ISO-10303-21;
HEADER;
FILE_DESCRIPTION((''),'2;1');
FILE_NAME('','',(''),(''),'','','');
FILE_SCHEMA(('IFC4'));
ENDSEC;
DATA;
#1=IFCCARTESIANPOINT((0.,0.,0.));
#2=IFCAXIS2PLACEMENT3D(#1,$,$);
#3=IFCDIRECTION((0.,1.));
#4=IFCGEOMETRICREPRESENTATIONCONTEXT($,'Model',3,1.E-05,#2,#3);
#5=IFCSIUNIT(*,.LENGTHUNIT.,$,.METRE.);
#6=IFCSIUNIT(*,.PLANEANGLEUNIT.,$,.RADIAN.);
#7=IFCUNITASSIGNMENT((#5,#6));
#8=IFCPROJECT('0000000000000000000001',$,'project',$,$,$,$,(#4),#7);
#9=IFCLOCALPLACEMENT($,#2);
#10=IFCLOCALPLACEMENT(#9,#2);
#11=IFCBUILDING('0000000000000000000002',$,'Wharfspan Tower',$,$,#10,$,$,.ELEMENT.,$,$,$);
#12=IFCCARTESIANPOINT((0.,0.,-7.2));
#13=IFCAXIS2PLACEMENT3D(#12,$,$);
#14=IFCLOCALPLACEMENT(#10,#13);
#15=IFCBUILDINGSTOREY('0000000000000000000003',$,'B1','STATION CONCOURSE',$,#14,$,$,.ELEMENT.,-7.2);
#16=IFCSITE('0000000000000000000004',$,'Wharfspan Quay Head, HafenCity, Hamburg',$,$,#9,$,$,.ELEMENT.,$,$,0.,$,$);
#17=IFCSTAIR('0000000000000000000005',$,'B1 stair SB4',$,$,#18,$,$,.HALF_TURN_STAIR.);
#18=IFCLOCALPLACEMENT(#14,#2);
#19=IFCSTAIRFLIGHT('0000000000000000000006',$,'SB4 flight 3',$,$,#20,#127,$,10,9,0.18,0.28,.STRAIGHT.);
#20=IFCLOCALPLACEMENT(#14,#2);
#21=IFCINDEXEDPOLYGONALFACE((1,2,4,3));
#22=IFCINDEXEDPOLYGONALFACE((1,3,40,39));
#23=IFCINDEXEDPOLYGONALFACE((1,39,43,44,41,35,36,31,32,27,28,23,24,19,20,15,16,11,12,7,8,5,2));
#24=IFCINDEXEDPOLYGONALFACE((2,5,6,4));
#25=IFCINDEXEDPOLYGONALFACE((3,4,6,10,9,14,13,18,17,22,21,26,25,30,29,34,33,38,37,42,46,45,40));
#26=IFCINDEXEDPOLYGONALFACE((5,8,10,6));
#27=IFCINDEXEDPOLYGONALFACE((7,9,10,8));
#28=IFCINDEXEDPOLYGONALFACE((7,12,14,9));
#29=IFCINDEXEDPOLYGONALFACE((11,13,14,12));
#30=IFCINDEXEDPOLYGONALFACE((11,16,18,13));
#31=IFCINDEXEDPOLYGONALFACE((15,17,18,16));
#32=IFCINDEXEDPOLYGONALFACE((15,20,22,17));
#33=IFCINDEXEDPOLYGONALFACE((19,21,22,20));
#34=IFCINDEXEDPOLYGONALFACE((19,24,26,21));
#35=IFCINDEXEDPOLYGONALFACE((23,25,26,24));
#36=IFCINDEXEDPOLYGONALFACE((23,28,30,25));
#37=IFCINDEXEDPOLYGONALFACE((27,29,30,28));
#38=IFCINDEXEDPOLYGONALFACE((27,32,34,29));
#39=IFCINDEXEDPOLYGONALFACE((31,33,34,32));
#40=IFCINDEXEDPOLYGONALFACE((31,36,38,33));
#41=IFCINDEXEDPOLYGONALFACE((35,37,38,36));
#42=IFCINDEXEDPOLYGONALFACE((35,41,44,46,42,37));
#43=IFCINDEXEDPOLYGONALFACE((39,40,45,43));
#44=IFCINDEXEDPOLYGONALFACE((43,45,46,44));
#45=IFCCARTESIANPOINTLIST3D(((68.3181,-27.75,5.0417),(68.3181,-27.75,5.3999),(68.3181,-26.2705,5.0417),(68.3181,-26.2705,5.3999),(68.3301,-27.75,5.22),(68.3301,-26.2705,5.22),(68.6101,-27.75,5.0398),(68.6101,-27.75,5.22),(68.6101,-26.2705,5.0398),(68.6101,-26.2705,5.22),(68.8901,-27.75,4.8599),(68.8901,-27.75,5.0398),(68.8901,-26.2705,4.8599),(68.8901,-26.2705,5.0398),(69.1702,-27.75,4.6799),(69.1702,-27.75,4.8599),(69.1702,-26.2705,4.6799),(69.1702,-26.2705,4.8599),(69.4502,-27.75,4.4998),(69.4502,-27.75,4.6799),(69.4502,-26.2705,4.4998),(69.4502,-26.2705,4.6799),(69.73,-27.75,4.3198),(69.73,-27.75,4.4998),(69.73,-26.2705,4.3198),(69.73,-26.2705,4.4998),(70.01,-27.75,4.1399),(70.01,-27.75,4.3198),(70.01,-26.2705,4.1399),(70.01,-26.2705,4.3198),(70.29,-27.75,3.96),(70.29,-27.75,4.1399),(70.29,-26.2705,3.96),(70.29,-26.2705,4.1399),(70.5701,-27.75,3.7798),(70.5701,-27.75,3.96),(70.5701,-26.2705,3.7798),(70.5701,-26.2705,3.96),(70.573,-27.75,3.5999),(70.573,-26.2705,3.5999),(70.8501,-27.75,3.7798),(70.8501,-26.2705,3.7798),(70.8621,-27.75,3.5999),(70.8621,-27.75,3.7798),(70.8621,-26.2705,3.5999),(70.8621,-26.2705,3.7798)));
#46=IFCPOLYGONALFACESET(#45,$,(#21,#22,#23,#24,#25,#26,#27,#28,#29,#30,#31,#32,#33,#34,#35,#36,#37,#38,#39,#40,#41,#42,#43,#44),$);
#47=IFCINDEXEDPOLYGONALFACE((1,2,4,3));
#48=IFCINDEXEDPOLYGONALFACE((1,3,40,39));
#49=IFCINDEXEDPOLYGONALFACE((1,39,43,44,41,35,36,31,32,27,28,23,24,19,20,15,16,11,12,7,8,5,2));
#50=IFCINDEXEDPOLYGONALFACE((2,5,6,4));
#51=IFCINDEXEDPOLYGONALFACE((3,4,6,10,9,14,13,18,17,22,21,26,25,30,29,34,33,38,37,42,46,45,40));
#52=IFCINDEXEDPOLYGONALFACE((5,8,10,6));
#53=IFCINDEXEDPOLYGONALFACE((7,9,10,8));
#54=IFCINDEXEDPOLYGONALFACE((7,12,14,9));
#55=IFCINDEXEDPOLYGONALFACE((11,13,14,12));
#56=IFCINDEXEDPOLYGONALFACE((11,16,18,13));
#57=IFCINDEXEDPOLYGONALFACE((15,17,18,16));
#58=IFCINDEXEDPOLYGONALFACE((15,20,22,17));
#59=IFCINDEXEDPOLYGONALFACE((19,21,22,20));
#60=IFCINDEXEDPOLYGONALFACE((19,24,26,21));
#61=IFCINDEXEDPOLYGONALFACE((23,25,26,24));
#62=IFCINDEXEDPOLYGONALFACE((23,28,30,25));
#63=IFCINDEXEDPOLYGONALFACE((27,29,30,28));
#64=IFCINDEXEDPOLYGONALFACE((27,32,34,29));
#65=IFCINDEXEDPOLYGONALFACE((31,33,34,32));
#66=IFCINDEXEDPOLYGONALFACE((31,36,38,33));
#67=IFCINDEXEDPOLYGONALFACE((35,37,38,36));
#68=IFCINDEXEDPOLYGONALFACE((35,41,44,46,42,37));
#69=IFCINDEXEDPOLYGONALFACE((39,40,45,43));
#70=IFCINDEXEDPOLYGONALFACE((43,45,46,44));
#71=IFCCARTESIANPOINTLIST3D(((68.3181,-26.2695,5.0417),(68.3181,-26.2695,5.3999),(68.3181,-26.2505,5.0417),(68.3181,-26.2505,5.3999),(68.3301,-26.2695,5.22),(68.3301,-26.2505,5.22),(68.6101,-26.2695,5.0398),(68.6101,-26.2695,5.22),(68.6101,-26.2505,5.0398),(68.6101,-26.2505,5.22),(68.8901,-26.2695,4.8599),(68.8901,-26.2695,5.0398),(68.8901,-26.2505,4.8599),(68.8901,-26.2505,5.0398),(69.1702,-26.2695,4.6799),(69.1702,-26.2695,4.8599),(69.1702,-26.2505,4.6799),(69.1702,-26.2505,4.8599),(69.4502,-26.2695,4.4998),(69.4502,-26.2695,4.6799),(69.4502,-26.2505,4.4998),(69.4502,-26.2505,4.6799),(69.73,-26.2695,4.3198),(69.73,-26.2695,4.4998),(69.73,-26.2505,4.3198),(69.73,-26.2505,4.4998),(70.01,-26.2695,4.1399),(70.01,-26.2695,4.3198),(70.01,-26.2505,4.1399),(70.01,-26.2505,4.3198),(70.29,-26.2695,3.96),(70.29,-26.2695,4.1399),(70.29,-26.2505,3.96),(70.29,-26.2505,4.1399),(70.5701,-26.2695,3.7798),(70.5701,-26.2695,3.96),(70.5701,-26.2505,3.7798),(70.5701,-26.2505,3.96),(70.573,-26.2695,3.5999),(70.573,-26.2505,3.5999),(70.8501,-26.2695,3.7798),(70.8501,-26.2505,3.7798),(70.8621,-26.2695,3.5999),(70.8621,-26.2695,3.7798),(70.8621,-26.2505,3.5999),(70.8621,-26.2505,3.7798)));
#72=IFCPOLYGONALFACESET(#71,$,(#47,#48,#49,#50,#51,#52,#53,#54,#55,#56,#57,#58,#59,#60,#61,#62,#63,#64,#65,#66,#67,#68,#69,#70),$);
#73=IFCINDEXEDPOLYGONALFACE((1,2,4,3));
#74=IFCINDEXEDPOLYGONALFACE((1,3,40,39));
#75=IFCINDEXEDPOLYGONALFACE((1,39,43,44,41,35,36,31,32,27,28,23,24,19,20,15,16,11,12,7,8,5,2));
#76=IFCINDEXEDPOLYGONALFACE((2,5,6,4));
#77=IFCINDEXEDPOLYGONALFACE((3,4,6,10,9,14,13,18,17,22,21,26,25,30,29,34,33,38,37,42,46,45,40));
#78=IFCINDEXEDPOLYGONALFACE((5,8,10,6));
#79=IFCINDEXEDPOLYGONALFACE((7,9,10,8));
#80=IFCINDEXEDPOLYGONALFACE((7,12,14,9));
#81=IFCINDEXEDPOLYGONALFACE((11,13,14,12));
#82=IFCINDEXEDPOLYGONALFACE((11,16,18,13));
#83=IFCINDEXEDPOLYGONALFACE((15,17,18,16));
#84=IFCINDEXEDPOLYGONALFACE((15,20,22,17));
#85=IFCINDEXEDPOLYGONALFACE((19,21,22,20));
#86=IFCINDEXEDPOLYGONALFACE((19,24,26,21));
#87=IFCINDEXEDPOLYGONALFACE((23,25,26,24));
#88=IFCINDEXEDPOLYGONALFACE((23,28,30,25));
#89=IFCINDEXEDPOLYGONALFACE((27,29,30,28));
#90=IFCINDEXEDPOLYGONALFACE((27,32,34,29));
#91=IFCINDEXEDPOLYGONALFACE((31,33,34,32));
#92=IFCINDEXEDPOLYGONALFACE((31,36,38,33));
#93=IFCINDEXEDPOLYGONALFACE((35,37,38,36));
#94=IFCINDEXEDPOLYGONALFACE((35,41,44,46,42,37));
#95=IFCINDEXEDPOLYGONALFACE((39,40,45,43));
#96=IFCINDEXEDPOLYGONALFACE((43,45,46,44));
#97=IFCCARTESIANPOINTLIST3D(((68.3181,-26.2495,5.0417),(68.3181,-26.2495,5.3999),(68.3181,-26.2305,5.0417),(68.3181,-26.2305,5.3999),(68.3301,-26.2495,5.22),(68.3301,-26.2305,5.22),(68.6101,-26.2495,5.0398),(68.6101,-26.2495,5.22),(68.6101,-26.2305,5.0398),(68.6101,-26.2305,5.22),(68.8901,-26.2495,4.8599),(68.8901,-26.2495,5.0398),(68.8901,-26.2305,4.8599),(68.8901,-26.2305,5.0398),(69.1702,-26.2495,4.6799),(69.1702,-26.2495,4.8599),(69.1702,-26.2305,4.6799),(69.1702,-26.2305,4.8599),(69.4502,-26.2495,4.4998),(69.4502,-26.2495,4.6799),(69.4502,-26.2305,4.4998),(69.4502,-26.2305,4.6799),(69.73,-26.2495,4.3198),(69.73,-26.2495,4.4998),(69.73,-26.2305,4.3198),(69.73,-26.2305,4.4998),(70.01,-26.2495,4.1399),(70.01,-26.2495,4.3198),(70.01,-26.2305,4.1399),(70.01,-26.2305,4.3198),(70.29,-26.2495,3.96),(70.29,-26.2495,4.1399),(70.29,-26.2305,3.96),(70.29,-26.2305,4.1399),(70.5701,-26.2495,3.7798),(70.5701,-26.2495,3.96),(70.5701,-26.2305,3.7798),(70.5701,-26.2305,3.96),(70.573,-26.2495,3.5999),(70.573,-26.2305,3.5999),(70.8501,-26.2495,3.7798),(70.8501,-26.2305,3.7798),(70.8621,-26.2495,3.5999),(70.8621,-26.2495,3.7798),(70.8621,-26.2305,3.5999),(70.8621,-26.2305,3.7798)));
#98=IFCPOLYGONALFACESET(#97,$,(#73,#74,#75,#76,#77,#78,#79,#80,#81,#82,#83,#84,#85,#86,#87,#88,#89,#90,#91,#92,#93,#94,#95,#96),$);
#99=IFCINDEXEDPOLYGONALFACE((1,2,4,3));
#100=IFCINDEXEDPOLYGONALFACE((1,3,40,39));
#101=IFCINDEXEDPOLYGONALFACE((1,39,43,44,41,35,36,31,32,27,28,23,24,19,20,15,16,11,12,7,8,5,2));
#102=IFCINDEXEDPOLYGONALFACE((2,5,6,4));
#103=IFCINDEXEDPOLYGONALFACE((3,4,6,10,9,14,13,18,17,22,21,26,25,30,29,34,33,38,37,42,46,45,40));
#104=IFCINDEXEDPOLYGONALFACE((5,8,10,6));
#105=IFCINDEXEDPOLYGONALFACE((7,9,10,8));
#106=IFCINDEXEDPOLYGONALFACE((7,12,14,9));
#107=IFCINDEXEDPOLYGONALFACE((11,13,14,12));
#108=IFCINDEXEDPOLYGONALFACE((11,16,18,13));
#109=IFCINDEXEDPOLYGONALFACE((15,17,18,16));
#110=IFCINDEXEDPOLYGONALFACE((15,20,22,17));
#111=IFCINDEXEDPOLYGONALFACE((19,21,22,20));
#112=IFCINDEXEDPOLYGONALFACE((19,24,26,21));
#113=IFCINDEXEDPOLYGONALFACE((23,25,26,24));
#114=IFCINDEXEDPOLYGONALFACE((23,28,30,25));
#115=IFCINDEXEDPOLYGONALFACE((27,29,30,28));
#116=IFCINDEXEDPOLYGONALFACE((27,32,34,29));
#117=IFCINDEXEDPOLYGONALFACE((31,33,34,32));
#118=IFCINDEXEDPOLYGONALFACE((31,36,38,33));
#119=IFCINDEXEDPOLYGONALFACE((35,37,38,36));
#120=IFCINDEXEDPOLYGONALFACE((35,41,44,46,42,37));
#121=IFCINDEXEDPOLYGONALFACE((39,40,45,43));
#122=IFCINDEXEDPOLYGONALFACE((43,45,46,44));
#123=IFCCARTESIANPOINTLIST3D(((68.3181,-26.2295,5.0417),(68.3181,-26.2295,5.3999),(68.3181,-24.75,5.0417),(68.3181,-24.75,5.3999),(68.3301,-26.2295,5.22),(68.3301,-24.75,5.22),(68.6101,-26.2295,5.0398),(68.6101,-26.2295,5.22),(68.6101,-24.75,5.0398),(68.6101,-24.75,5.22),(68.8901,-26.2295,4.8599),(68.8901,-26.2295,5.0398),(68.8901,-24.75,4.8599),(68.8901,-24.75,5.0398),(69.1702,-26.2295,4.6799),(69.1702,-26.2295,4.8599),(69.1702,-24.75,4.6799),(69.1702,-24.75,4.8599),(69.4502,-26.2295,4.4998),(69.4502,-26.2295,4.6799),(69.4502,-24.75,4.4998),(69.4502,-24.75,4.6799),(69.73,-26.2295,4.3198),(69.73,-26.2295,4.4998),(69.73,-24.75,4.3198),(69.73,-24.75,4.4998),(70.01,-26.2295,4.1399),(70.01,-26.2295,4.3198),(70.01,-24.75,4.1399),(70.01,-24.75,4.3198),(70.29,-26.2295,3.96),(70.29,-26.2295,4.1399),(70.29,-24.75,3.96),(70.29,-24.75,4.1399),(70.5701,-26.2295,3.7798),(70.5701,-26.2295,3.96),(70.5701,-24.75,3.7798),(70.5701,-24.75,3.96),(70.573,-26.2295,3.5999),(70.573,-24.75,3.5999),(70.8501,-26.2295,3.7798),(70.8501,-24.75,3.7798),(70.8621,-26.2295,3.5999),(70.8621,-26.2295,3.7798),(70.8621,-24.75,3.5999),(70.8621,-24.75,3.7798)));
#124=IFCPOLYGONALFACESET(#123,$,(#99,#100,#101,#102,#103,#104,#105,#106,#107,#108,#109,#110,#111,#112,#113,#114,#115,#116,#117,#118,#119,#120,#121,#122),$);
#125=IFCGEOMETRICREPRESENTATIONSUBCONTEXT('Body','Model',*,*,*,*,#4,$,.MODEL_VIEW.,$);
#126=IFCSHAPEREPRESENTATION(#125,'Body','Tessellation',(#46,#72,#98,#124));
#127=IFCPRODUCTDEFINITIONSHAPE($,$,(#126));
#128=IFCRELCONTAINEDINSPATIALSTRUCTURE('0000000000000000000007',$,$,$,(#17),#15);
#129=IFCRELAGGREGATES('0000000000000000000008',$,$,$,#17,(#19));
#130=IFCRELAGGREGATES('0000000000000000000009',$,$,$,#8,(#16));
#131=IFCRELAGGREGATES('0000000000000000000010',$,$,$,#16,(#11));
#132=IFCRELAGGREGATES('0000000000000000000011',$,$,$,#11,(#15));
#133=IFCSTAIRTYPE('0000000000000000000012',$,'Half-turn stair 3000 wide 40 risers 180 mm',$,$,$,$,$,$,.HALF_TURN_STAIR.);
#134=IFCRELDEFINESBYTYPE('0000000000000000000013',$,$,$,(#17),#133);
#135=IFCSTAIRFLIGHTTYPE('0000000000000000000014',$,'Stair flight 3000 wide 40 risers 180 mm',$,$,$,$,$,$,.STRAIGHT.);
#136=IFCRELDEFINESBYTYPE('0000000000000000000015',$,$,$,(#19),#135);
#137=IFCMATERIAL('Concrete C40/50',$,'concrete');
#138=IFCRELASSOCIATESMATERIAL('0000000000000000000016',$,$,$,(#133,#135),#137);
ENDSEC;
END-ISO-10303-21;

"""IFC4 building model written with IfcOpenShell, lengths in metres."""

from ifc_helpers import new_model, si_unit, direction, frame, origin, place, context, subcontext, project, spatial, polyline, outline, extrude, material, type_object, element, aggregate, save


model = new_model("IFC4")

# Units and contexts
model_context = context("Model", 3, precision=1e-05, world=origin(), true_north=direction((0.0, 1.0)))
body_context = subcontext(model_context, "Body", "Model", "MODEL_VIEW")
ifc_project = project(units=[si_unit("LENGTHUNIT", "METRE"), si_unit("PLANEANGLEUNIT", "RADIAN")], contexts=[model_context])

# Site, building, storey
site_placement = place(None, origin())
site = spatial("IfcSite", under=ifc_project, at=site_placement, Name="Wharfspan Quay Head, HafenCity, Hamburg", CompositionType="ELEMENT", RefElevation=0.0)
building_placement = place(site_placement, origin())
building = spatial("IfcBuilding", under=site, at=building_placement, Name="Wharfspan Tower", CompositionType="ELEMENT")
storey_placement = place(building_placement, frame((0.0, 0.0, -7.2)))
storey = spatial("IfcBuildingStorey", under=building, at=storey_placement, Name="B1", Description="STATION CONCOURSE", CompositionType="ELEMENT", Elevation=-7.2)

# Shared definitions
ifc_material_1 = material(Name="Concrete C40/50", Category="concrete")

# Stair, stair flight
stair_type = type_object("IfcStairType", Name="Half-turn stair 3000 wide 40 risers 180 mm", PredefinedType="HALF_TURN_STAIR", material=ifc_material_1)
stair_placement = place(storey_placement, origin())
stair = element("IfcStair", 1, at=stair_placement, inside=storey, type_object=stair_type, Name="B1 stair SB4", PredefinedType="HALF_TURN_STAIR")
stair_flight_type = type_object("IfcStairFlightType", Name="Stair flight 3000 wide 40 risers 180 mm", PredefinedType="STRAIGHT", material=ifc_material_1)
stair_flight_1_placement = place(storey_placement, frame((70.8501, -26.25, 3.5999), z_axis=(0.0, 0.0, 1.0), x_axis=(-1.0, 0.0, 0.0)))
stair_flight_1 = element("IfcStairFlight", 2, at=stair_flight_1_placement, type_object=stair_flight_type, Name="SB4 flight 3", NumberOfRisers=10, NumberOfTreads=9, PredefinedType="STRAIGHT", RiserHeight=0.18, TreadLength=0.28, context=body_context, shape_type="SweptSolid", body=[
    extrude(outline(polyline([(-0.012, 0.0), (-0.012, 0.1799), (0.0, 0.1799), (0.28, 0.1799), (0.28, 0.3601), (0.5601, 0.3601), (0.5601, 0.54), (0.8401, 0.54), (0.8401, 0.72), (1.1201, 0.72), (1.1201, 0.8999), (1.3999, 0.8999), (1.3999, 1.0801), (1.6799, 1.0801), (1.6799, 1.26), (1.96, 1.26), (1.96, 1.4399), (2.24, 1.4399), (2.24, 1.6201), (2.52, 1.6201), (2.532, 1.8), (2.532, 1.4419), (0.2771, 0.0), (-0.012, 0.0)])), frame((0.0, 1.5, 0.0), z_axis=(0.0, -1.0, 0.0), x_axis=(1.0, 0.0, 0.0)), (0.0, 0.0, 1.0), 1.4795),
    extrude(outline(polyline([(-0.012, 0.0), (-0.012, 0.1799), (0.0, 0.1799), (0.28, 0.1799), (0.28, 0.3601), (0.5601, 0.3601), (0.5601, 0.54), (0.8401, 0.54), (0.8401, 0.72), (1.1201, 0.72), (1.1201, 0.8999), (1.3999, 0.8999), (1.3999, 1.0801), (1.6799, 1.0801), (1.6799, 1.26), (1.96, 1.26), (1.96, 1.4399), (2.24, 1.4399), (2.24, 1.6201), (2.52, 1.6201), (2.532, 1.8), (2.532, 1.4419), (0.2771, 0.0), (-0.012, 0.0)])), frame((0.0, 0.0195, 0.0), z_axis=(0.0, -1.0, 0.0), x_axis=(1.0, 0.0, 0.0)), (0.0, 0.0, 1.0), 0.019),
    extrude(outline(polyline([(-0.012, 0.0), (-0.012, 0.1799), (0.0, 0.1799), (0.28, 0.1799), (0.28, 0.3601), (0.5601, 0.3601), (0.5601, 0.54), (0.8401, 0.54), (0.8401, 0.72), (1.1201, 0.72), (1.1201, 0.8999), (1.3999, 0.8999), (1.3999, 1.0801), (1.6799, 1.0801), (1.6799, 1.26), (1.96, 1.26), (1.96, 1.4399), (2.24, 1.4399), (2.24, 1.6201), (2.52, 1.6201), (2.532, 1.8), (2.532, 1.4419), (0.2771, 0.0), (-0.012, 0.0)])), frame((0.0, -0.0005, 0.0), z_axis=(0.0, -1.0, 0.0), x_axis=(1.0, 0.0, 0.0)), (0.0, 0.0, 1.0), 0.019),
    extrude(outline(polyline([(-0.012, 0.0), (-0.012, 0.1799), (0.0, 0.1799), (0.28, 0.1799), (0.28, 0.3601), (0.5601, 0.3601), (0.5601, 0.54), (0.8401, 0.54), (0.8401, 0.72), (1.1201, 0.72), (1.1201, 0.8999), (1.3999, 0.8999), (1.3999, 1.0801), (1.6799, 1.0801), (1.6799, 1.26), (1.96, 1.26), (1.96, 1.4399), (2.24, 1.4399), (2.24, 1.6201), (2.52, 1.6201), (2.532, 1.8), (2.532, 1.4419), (0.2771, 0.0), (-0.012, 0.0)])), frame((0.0, -0.0205, 0.0), z_axis=(0.0, -1.0, 0.0), x_axis=(1.0, 0.0, 0.0)), (0.0, 0.0, 1.0), 1.4795),
])
aggregate(stair, [stair_flight_1])

save(model, "model.ifc")
